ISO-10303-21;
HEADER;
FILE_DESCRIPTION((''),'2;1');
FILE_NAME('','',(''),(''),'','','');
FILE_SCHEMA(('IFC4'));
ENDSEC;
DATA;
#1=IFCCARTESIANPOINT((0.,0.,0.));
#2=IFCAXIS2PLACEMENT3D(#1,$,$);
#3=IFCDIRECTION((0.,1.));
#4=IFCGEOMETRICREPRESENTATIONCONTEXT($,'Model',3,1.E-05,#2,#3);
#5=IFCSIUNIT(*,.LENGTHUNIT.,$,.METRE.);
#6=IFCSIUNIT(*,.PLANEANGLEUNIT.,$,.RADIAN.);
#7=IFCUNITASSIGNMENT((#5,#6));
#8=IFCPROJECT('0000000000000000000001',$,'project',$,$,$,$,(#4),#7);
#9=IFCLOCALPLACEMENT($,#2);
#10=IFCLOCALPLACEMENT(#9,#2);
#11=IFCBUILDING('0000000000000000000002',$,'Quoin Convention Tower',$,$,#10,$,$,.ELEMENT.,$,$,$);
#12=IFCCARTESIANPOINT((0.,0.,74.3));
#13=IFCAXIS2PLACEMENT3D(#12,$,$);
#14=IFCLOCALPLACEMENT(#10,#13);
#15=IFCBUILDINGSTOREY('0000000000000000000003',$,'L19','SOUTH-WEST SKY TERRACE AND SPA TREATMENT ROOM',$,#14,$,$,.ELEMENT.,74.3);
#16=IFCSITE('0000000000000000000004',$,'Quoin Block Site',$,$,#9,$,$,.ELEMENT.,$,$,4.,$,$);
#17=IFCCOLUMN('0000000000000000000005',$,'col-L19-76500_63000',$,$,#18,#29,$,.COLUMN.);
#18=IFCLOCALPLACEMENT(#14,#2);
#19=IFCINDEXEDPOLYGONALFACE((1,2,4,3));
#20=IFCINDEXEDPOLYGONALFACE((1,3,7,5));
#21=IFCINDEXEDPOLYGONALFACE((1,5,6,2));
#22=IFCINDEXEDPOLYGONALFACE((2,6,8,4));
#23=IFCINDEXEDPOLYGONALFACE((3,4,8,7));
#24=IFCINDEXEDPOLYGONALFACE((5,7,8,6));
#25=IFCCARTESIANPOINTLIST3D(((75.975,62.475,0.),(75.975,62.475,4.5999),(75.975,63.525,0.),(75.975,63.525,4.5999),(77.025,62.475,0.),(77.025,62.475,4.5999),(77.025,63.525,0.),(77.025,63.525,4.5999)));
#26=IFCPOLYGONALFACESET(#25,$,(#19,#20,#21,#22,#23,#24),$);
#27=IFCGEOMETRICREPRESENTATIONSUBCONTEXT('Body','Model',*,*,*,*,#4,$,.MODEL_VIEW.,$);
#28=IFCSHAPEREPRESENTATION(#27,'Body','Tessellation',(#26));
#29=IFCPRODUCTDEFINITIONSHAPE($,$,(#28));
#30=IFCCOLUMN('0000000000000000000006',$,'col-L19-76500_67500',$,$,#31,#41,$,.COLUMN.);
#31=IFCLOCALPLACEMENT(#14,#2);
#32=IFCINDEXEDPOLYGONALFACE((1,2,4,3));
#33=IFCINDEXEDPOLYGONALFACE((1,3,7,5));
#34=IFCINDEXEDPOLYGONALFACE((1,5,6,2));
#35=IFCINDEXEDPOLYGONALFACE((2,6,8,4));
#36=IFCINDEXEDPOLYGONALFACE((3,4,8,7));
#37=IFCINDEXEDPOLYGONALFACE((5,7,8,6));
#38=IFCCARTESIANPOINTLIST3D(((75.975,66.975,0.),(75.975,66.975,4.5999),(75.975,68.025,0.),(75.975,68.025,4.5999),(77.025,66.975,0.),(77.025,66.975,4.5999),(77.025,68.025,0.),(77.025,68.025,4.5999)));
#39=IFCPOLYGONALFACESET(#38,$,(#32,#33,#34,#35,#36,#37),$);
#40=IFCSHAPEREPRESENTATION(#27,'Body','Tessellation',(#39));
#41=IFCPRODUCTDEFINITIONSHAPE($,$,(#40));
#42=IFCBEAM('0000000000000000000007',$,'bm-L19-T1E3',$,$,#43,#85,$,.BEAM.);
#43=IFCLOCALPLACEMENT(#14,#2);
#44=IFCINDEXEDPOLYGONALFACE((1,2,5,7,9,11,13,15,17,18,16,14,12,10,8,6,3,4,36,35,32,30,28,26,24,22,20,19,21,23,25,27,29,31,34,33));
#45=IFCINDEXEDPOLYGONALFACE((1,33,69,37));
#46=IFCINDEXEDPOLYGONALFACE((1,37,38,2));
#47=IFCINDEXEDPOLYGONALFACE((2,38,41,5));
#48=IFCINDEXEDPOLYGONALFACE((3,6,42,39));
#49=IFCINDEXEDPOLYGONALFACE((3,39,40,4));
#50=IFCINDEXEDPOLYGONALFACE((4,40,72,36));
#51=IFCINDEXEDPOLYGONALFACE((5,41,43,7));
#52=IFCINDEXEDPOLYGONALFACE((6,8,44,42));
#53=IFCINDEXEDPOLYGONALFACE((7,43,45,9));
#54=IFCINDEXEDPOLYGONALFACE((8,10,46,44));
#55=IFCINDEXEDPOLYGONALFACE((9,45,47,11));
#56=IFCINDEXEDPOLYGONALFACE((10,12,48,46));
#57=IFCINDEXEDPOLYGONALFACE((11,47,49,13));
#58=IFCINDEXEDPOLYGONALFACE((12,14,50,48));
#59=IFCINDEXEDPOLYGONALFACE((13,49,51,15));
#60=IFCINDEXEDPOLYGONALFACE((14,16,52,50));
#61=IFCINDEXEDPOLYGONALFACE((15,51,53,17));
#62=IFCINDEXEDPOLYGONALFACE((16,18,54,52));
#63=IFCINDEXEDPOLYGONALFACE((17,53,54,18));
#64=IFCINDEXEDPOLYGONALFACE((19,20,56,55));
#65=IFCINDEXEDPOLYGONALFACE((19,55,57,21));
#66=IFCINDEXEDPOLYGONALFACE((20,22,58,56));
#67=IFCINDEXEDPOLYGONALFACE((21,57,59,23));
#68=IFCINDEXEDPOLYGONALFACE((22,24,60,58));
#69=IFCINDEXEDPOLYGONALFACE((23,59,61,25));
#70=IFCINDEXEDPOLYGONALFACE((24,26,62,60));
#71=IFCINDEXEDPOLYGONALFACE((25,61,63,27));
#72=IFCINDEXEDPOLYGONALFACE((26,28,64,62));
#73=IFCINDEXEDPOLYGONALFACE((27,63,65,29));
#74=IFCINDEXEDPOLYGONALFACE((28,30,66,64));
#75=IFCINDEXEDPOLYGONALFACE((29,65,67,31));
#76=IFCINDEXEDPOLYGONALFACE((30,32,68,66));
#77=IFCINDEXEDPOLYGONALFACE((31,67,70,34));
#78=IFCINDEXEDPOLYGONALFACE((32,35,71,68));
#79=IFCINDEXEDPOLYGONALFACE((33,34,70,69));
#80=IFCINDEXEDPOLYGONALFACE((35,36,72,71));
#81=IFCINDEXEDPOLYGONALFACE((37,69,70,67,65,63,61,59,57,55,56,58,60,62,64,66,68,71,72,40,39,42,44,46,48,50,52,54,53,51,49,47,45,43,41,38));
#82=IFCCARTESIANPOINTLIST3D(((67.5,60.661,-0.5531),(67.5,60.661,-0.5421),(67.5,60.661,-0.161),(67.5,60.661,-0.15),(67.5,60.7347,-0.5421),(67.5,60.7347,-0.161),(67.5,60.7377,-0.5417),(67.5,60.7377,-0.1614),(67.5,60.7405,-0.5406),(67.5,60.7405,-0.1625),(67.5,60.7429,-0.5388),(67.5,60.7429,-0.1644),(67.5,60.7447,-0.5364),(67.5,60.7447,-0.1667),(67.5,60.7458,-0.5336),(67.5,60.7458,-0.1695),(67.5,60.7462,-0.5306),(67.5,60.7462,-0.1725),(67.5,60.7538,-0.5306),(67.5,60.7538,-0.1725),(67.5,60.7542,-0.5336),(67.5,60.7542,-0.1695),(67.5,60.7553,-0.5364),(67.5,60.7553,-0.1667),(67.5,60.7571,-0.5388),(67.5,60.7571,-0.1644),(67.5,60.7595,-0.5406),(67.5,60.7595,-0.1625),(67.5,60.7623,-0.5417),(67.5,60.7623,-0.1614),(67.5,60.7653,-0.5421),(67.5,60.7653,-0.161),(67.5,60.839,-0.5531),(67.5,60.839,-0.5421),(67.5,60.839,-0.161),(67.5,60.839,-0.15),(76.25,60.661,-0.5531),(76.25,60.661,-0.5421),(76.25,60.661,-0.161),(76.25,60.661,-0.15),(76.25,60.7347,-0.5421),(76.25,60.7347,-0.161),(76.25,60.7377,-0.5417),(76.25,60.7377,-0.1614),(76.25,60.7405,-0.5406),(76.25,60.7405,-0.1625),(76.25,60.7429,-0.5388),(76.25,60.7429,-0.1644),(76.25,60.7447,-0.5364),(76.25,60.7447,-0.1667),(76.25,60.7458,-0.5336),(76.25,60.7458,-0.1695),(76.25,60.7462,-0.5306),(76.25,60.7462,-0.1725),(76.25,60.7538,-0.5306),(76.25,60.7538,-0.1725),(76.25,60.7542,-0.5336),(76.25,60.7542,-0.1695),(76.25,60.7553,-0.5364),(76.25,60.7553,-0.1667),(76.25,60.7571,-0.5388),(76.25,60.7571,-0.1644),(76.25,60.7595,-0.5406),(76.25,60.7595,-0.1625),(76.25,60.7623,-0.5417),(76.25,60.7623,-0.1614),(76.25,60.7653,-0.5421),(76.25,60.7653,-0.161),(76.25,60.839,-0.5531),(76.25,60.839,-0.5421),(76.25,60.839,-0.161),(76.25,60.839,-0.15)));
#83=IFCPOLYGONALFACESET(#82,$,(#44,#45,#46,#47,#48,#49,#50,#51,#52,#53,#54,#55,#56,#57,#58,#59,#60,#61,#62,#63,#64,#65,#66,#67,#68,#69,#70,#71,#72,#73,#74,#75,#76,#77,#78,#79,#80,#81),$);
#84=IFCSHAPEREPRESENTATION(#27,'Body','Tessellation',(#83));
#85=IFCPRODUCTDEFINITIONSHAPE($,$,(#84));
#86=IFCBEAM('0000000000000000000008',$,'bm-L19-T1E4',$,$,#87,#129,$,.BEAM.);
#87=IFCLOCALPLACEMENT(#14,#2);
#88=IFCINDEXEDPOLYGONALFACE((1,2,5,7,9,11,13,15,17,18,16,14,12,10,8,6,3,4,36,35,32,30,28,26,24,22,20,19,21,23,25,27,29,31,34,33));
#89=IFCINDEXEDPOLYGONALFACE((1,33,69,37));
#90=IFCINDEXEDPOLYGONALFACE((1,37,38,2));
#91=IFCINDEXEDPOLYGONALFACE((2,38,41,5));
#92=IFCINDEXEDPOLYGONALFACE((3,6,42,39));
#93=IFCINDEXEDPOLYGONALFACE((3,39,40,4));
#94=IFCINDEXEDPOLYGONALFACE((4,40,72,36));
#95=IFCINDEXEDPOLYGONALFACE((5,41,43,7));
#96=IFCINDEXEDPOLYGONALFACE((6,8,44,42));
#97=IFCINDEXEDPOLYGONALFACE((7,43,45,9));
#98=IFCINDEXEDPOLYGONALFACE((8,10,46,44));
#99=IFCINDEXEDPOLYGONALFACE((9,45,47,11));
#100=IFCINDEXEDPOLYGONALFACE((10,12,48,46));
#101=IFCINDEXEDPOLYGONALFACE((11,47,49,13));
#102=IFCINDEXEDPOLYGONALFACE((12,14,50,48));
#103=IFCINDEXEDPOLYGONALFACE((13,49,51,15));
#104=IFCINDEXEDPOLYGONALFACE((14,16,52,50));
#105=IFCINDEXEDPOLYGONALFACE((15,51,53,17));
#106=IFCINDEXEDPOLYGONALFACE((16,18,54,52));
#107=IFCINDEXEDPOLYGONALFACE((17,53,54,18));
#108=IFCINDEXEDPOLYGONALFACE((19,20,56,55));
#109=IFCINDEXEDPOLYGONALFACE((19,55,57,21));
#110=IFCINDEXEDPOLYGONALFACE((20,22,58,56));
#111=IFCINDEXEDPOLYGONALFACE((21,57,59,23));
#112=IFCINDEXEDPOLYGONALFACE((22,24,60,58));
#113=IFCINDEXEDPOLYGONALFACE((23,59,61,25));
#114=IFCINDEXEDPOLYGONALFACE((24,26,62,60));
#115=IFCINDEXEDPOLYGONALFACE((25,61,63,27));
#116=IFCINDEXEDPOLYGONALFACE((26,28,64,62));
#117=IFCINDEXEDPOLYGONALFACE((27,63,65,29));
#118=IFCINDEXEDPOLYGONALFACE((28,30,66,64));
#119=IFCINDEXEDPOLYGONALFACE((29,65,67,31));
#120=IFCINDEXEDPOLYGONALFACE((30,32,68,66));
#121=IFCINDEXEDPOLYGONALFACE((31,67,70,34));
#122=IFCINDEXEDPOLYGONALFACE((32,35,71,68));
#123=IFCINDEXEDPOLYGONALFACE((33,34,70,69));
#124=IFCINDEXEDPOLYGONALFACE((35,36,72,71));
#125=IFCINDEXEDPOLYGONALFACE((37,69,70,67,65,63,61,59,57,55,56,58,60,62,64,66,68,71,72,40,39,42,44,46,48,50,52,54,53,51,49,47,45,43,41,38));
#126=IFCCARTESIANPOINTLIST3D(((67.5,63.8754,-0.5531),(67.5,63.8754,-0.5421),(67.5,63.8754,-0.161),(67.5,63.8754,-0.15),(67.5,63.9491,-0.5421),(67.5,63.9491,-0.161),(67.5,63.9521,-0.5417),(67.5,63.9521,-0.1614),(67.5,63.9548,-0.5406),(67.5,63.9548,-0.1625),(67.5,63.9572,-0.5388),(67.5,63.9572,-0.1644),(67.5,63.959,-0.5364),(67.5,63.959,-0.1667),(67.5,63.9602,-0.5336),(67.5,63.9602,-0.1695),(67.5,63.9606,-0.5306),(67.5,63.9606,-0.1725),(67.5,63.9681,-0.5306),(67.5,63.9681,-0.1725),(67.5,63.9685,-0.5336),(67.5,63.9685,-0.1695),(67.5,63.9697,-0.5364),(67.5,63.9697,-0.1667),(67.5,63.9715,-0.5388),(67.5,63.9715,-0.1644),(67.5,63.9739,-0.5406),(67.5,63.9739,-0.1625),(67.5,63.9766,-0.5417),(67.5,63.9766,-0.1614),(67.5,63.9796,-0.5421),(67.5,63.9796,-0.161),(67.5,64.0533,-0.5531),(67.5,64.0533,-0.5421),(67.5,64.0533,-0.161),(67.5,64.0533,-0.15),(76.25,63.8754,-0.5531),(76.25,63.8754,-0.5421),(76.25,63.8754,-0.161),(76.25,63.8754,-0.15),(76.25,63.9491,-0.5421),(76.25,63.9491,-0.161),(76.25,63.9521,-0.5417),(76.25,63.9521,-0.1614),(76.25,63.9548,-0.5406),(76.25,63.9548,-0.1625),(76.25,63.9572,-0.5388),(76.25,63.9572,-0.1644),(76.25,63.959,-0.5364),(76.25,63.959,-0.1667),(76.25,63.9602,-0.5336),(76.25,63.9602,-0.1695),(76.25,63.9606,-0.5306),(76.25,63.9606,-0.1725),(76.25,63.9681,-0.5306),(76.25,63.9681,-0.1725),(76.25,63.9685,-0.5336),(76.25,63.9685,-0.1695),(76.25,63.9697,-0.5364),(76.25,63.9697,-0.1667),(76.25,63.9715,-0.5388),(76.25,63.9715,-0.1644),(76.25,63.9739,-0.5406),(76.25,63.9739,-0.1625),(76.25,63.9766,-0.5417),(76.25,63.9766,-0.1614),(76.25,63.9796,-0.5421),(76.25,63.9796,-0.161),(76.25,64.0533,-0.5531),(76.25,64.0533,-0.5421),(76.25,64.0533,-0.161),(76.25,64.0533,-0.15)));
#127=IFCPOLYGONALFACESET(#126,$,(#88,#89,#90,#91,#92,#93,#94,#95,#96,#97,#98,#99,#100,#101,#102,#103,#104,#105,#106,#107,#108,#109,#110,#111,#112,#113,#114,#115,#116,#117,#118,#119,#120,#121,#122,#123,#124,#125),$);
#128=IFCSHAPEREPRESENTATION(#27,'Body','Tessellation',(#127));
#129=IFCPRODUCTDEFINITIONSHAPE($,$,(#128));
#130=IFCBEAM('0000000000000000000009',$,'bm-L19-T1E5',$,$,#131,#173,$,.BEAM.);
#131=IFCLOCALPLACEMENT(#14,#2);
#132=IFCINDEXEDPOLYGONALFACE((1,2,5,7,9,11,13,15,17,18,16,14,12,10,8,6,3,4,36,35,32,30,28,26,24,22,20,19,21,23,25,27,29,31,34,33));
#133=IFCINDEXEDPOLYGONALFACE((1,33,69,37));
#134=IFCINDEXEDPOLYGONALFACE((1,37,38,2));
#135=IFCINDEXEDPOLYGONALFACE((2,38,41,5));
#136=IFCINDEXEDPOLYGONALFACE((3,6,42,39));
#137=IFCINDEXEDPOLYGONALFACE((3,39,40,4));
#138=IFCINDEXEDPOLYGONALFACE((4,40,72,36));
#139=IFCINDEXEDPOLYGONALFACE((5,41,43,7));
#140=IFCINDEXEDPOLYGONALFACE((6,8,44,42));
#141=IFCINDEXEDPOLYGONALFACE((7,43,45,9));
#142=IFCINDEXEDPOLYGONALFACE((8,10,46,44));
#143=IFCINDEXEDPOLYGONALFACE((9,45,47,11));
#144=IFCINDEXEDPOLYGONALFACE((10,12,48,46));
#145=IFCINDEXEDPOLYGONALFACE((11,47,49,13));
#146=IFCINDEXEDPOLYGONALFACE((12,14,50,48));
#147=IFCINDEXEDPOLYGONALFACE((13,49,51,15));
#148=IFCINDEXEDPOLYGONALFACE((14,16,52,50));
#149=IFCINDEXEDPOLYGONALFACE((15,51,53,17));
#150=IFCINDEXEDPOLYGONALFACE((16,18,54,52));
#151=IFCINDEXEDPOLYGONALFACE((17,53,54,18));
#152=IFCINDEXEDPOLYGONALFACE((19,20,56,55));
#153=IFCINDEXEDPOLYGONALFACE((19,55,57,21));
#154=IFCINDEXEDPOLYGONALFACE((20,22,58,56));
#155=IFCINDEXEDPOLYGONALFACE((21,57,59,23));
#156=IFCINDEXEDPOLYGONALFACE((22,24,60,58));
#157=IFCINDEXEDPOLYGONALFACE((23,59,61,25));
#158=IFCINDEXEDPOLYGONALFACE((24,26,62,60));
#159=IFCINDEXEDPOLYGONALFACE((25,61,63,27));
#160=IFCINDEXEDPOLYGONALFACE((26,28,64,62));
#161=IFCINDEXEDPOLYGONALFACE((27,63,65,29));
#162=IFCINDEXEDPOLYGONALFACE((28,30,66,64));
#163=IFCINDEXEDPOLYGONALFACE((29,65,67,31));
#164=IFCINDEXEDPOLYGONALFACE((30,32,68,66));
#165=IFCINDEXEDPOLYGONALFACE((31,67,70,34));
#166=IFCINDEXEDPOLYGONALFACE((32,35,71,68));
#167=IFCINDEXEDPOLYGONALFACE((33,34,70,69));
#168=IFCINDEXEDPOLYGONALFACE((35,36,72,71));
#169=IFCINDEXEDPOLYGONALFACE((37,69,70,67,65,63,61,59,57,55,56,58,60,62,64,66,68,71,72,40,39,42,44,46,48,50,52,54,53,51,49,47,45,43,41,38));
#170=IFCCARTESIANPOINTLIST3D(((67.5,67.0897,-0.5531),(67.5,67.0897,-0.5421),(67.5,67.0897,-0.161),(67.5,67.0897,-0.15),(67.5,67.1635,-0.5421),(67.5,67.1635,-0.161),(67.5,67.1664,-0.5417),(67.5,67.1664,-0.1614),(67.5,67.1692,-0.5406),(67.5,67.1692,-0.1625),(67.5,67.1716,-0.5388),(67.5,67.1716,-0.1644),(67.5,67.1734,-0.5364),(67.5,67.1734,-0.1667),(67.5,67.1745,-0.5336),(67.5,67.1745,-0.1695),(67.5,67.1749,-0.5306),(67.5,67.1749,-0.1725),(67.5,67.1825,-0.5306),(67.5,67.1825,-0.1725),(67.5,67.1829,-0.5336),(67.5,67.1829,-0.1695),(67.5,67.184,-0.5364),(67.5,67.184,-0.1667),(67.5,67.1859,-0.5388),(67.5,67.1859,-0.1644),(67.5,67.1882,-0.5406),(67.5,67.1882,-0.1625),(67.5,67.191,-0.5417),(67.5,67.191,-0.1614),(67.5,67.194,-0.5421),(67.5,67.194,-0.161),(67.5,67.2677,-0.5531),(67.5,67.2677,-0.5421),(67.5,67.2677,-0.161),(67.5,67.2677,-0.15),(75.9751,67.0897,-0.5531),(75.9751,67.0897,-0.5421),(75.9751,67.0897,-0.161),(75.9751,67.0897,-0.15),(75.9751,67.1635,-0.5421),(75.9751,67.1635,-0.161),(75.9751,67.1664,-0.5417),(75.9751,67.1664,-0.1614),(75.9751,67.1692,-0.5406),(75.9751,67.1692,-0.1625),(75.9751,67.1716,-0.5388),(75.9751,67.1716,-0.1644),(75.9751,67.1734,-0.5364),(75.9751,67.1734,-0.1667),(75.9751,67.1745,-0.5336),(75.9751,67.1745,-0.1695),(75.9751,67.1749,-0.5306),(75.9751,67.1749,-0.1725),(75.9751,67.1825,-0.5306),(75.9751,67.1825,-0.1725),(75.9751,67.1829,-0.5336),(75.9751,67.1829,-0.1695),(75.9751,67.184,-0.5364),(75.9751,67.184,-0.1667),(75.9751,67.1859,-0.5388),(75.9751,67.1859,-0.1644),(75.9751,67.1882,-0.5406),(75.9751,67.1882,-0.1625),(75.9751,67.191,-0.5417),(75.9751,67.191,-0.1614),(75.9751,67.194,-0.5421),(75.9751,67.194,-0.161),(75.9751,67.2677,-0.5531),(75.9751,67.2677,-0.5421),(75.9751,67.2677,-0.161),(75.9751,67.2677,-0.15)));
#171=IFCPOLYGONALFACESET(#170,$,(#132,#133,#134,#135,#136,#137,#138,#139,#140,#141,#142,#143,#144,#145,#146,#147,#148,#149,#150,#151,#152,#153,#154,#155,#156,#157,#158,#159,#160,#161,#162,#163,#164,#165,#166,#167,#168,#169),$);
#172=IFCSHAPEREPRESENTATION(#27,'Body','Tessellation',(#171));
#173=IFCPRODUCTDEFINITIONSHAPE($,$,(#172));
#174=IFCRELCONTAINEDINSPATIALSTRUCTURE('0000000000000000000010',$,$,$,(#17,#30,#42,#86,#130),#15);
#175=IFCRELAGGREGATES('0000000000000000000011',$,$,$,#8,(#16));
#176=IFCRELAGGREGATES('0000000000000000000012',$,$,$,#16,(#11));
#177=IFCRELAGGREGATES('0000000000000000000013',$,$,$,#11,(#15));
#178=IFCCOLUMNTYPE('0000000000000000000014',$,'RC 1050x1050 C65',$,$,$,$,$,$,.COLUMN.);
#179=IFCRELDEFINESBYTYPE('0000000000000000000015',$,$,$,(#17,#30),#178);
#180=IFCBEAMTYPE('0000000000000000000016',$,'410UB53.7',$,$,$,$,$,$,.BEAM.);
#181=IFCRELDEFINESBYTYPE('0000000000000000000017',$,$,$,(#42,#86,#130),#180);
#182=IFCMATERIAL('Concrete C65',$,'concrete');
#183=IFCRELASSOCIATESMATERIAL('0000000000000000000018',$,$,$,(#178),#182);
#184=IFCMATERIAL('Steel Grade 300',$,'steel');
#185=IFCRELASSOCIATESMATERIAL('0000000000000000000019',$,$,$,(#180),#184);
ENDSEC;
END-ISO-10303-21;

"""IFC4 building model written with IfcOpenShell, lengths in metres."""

from ifc_helpers import new_model, si_unit, direction, frame, origin, origin_2d, place, context, subcontext, project, spatial, rectangle, i_section, extrude, material, material_profile, profile_set, type_object, element, save


model = new_model("IFC4")

# Units and contexts
model_context = context("Model", 3, precision=1e-05, world=origin(), true_north=direction((0.0, 1.0)))
body_context = subcontext(model_context, "Body", "Model", "MODEL_VIEW")
ifc_project = project(units=[si_unit("LENGTHUNIT", "METRE"), si_unit("PLANEANGLEUNIT", "RADIAN")], contexts=[model_context])

# Site, building, storey
site_placement = place(None, origin())
site = spatial("IfcSite", under=ifc_project, at=site_placement, Name="Quoin Block Site", CompositionType="ELEMENT", RefElevation=4.0)
building_placement = place(site_placement, origin())
building = spatial("IfcBuilding", under=site, at=building_placement, Name="Quoin Convention Tower", CompositionType="ELEMENT")
storey_placement = place(building_placement, frame((0.0, 0.0, 74.3)))
storey = spatial("IfcBuildingStorey", under=building, at=storey_placement, Name="L19", Description="SOUTH-WEST SKY TERRACE AND SPA TREATMENT ROOM", CompositionType="ELEMENT", Elevation=74.3)

# Columns
ifc_material_1 = material(Name="Concrete C65", Category="concrete")
ifc_material_profile_1 = material_profile(ifc_material_1, rectangle(XDim=1.05, YDim=1.05, at=origin_2d()), Name="RC 1050x1050")
ifc_profile_set_1 = profile_set([ifc_material_profile_1], Name="Concrete C65")
column_type = type_object("IfcColumnType", Name="RC 1050x1050 C65", PredefinedType="COLUMN", material=ifc_profile_set_1)
for number, where, z_axis, x_axis, name in (
    (1, (76.5, 63.0, 0.0), (0.0, 0.0, 1.0), (1.0, 0.0, 0.0), "col-L19-76500_63000"),
    (2, (76.5, 67.5, 0.0), (0.0, 0.0, 1.0), (1.0, 0.0, 0.0), "col-L19-76500_67500"),
):
    element("IfcColumn", number, at=place(storey_placement, frame(where, z_axis=z_axis, x_axis=x_axis)), inside=storey, type_object=column_type, Name=name, PredefinedType="COLUMN", context=body_context, shape_type="SweptSolid", body=[
        extrude(rectangle(XDim=1.05, YDim=1.05, at=origin_2d()), origin(), (0.0, 0.0, 1.0), 4.5999),
    ])

# Beams
ifc_material_2 = material(Name="Steel Grade 300", Category="steel")
ifc_material_profile_2 = material_profile(ifc_material_2, i_section(OverallWidth=0.178, OverallDepth=0.4031, WebThickness=0.0076, FlangeThickness=0.011, FilletRadius=0.0115, at=origin_2d()), Name="410UB53.7")
ifc_profile_set_2 = profile_set([ifc_material_profile_2], Name="Steel Grade 300")
beam_type = type_object("IfcBeamType", Name="410UB53.7", PredefinedType="BEAM", material=ifc_profile_set_2)
for number, where, z_axis, x_axis, name in (
    (3, (67.5, 60.75, -0.3516), (1.0, 0.0, 0.0), (0.0, 1.0, 0.0), "bm-L19-T1E3"),
    (4, (67.5, 63.9644, -0.3516), (1.0, 0.0, 0.0), (0.0, 1.0, 0.0), "bm-L19-T1E4"),
):
    element("IfcBeam", number, at=place(storey_placement, frame(where, z_axis=z_axis, x_axis=x_axis)), inside=storey, type_object=beam_type, Name=name, PredefinedType="BEAM", context=body_context, shape_type="SweptSolid", body=[
        extrude(i_section(OverallWidth=0.178, OverallDepth=0.4031, WebThickness=0.0076, FlangeThickness=0.011, FilletRadius=0.0115, at=origin_2d()), origin(), (0.0, 0.0, 1.0), 8.75),
    ])
beam_1_placement = place(storey_placement, frame((67.5, 67.1787, -0.3516), z_axis=(1.0, 0.0, 0.0), x_axis=(0.0, 1.0, 0.0)))
element("IfcBeam", 5, at=beam_1_placement, inside=storey, type_object=beam_type, Name="bm-L19-T1E5", PredefinedType="BEAM", context=body_context, shape_type="SweptSolid", body=[
    extrude(i_section(OverallWidth=0.178, OverallDepth=0.4031, WebThickness=0.0076, FlangeThickness=0.011, FilletRadius=0.0115, at=origin_2d()), origin(), (0.0, 0.0, 1.0), 8.4751),
])

save(model, "model.ifc")
